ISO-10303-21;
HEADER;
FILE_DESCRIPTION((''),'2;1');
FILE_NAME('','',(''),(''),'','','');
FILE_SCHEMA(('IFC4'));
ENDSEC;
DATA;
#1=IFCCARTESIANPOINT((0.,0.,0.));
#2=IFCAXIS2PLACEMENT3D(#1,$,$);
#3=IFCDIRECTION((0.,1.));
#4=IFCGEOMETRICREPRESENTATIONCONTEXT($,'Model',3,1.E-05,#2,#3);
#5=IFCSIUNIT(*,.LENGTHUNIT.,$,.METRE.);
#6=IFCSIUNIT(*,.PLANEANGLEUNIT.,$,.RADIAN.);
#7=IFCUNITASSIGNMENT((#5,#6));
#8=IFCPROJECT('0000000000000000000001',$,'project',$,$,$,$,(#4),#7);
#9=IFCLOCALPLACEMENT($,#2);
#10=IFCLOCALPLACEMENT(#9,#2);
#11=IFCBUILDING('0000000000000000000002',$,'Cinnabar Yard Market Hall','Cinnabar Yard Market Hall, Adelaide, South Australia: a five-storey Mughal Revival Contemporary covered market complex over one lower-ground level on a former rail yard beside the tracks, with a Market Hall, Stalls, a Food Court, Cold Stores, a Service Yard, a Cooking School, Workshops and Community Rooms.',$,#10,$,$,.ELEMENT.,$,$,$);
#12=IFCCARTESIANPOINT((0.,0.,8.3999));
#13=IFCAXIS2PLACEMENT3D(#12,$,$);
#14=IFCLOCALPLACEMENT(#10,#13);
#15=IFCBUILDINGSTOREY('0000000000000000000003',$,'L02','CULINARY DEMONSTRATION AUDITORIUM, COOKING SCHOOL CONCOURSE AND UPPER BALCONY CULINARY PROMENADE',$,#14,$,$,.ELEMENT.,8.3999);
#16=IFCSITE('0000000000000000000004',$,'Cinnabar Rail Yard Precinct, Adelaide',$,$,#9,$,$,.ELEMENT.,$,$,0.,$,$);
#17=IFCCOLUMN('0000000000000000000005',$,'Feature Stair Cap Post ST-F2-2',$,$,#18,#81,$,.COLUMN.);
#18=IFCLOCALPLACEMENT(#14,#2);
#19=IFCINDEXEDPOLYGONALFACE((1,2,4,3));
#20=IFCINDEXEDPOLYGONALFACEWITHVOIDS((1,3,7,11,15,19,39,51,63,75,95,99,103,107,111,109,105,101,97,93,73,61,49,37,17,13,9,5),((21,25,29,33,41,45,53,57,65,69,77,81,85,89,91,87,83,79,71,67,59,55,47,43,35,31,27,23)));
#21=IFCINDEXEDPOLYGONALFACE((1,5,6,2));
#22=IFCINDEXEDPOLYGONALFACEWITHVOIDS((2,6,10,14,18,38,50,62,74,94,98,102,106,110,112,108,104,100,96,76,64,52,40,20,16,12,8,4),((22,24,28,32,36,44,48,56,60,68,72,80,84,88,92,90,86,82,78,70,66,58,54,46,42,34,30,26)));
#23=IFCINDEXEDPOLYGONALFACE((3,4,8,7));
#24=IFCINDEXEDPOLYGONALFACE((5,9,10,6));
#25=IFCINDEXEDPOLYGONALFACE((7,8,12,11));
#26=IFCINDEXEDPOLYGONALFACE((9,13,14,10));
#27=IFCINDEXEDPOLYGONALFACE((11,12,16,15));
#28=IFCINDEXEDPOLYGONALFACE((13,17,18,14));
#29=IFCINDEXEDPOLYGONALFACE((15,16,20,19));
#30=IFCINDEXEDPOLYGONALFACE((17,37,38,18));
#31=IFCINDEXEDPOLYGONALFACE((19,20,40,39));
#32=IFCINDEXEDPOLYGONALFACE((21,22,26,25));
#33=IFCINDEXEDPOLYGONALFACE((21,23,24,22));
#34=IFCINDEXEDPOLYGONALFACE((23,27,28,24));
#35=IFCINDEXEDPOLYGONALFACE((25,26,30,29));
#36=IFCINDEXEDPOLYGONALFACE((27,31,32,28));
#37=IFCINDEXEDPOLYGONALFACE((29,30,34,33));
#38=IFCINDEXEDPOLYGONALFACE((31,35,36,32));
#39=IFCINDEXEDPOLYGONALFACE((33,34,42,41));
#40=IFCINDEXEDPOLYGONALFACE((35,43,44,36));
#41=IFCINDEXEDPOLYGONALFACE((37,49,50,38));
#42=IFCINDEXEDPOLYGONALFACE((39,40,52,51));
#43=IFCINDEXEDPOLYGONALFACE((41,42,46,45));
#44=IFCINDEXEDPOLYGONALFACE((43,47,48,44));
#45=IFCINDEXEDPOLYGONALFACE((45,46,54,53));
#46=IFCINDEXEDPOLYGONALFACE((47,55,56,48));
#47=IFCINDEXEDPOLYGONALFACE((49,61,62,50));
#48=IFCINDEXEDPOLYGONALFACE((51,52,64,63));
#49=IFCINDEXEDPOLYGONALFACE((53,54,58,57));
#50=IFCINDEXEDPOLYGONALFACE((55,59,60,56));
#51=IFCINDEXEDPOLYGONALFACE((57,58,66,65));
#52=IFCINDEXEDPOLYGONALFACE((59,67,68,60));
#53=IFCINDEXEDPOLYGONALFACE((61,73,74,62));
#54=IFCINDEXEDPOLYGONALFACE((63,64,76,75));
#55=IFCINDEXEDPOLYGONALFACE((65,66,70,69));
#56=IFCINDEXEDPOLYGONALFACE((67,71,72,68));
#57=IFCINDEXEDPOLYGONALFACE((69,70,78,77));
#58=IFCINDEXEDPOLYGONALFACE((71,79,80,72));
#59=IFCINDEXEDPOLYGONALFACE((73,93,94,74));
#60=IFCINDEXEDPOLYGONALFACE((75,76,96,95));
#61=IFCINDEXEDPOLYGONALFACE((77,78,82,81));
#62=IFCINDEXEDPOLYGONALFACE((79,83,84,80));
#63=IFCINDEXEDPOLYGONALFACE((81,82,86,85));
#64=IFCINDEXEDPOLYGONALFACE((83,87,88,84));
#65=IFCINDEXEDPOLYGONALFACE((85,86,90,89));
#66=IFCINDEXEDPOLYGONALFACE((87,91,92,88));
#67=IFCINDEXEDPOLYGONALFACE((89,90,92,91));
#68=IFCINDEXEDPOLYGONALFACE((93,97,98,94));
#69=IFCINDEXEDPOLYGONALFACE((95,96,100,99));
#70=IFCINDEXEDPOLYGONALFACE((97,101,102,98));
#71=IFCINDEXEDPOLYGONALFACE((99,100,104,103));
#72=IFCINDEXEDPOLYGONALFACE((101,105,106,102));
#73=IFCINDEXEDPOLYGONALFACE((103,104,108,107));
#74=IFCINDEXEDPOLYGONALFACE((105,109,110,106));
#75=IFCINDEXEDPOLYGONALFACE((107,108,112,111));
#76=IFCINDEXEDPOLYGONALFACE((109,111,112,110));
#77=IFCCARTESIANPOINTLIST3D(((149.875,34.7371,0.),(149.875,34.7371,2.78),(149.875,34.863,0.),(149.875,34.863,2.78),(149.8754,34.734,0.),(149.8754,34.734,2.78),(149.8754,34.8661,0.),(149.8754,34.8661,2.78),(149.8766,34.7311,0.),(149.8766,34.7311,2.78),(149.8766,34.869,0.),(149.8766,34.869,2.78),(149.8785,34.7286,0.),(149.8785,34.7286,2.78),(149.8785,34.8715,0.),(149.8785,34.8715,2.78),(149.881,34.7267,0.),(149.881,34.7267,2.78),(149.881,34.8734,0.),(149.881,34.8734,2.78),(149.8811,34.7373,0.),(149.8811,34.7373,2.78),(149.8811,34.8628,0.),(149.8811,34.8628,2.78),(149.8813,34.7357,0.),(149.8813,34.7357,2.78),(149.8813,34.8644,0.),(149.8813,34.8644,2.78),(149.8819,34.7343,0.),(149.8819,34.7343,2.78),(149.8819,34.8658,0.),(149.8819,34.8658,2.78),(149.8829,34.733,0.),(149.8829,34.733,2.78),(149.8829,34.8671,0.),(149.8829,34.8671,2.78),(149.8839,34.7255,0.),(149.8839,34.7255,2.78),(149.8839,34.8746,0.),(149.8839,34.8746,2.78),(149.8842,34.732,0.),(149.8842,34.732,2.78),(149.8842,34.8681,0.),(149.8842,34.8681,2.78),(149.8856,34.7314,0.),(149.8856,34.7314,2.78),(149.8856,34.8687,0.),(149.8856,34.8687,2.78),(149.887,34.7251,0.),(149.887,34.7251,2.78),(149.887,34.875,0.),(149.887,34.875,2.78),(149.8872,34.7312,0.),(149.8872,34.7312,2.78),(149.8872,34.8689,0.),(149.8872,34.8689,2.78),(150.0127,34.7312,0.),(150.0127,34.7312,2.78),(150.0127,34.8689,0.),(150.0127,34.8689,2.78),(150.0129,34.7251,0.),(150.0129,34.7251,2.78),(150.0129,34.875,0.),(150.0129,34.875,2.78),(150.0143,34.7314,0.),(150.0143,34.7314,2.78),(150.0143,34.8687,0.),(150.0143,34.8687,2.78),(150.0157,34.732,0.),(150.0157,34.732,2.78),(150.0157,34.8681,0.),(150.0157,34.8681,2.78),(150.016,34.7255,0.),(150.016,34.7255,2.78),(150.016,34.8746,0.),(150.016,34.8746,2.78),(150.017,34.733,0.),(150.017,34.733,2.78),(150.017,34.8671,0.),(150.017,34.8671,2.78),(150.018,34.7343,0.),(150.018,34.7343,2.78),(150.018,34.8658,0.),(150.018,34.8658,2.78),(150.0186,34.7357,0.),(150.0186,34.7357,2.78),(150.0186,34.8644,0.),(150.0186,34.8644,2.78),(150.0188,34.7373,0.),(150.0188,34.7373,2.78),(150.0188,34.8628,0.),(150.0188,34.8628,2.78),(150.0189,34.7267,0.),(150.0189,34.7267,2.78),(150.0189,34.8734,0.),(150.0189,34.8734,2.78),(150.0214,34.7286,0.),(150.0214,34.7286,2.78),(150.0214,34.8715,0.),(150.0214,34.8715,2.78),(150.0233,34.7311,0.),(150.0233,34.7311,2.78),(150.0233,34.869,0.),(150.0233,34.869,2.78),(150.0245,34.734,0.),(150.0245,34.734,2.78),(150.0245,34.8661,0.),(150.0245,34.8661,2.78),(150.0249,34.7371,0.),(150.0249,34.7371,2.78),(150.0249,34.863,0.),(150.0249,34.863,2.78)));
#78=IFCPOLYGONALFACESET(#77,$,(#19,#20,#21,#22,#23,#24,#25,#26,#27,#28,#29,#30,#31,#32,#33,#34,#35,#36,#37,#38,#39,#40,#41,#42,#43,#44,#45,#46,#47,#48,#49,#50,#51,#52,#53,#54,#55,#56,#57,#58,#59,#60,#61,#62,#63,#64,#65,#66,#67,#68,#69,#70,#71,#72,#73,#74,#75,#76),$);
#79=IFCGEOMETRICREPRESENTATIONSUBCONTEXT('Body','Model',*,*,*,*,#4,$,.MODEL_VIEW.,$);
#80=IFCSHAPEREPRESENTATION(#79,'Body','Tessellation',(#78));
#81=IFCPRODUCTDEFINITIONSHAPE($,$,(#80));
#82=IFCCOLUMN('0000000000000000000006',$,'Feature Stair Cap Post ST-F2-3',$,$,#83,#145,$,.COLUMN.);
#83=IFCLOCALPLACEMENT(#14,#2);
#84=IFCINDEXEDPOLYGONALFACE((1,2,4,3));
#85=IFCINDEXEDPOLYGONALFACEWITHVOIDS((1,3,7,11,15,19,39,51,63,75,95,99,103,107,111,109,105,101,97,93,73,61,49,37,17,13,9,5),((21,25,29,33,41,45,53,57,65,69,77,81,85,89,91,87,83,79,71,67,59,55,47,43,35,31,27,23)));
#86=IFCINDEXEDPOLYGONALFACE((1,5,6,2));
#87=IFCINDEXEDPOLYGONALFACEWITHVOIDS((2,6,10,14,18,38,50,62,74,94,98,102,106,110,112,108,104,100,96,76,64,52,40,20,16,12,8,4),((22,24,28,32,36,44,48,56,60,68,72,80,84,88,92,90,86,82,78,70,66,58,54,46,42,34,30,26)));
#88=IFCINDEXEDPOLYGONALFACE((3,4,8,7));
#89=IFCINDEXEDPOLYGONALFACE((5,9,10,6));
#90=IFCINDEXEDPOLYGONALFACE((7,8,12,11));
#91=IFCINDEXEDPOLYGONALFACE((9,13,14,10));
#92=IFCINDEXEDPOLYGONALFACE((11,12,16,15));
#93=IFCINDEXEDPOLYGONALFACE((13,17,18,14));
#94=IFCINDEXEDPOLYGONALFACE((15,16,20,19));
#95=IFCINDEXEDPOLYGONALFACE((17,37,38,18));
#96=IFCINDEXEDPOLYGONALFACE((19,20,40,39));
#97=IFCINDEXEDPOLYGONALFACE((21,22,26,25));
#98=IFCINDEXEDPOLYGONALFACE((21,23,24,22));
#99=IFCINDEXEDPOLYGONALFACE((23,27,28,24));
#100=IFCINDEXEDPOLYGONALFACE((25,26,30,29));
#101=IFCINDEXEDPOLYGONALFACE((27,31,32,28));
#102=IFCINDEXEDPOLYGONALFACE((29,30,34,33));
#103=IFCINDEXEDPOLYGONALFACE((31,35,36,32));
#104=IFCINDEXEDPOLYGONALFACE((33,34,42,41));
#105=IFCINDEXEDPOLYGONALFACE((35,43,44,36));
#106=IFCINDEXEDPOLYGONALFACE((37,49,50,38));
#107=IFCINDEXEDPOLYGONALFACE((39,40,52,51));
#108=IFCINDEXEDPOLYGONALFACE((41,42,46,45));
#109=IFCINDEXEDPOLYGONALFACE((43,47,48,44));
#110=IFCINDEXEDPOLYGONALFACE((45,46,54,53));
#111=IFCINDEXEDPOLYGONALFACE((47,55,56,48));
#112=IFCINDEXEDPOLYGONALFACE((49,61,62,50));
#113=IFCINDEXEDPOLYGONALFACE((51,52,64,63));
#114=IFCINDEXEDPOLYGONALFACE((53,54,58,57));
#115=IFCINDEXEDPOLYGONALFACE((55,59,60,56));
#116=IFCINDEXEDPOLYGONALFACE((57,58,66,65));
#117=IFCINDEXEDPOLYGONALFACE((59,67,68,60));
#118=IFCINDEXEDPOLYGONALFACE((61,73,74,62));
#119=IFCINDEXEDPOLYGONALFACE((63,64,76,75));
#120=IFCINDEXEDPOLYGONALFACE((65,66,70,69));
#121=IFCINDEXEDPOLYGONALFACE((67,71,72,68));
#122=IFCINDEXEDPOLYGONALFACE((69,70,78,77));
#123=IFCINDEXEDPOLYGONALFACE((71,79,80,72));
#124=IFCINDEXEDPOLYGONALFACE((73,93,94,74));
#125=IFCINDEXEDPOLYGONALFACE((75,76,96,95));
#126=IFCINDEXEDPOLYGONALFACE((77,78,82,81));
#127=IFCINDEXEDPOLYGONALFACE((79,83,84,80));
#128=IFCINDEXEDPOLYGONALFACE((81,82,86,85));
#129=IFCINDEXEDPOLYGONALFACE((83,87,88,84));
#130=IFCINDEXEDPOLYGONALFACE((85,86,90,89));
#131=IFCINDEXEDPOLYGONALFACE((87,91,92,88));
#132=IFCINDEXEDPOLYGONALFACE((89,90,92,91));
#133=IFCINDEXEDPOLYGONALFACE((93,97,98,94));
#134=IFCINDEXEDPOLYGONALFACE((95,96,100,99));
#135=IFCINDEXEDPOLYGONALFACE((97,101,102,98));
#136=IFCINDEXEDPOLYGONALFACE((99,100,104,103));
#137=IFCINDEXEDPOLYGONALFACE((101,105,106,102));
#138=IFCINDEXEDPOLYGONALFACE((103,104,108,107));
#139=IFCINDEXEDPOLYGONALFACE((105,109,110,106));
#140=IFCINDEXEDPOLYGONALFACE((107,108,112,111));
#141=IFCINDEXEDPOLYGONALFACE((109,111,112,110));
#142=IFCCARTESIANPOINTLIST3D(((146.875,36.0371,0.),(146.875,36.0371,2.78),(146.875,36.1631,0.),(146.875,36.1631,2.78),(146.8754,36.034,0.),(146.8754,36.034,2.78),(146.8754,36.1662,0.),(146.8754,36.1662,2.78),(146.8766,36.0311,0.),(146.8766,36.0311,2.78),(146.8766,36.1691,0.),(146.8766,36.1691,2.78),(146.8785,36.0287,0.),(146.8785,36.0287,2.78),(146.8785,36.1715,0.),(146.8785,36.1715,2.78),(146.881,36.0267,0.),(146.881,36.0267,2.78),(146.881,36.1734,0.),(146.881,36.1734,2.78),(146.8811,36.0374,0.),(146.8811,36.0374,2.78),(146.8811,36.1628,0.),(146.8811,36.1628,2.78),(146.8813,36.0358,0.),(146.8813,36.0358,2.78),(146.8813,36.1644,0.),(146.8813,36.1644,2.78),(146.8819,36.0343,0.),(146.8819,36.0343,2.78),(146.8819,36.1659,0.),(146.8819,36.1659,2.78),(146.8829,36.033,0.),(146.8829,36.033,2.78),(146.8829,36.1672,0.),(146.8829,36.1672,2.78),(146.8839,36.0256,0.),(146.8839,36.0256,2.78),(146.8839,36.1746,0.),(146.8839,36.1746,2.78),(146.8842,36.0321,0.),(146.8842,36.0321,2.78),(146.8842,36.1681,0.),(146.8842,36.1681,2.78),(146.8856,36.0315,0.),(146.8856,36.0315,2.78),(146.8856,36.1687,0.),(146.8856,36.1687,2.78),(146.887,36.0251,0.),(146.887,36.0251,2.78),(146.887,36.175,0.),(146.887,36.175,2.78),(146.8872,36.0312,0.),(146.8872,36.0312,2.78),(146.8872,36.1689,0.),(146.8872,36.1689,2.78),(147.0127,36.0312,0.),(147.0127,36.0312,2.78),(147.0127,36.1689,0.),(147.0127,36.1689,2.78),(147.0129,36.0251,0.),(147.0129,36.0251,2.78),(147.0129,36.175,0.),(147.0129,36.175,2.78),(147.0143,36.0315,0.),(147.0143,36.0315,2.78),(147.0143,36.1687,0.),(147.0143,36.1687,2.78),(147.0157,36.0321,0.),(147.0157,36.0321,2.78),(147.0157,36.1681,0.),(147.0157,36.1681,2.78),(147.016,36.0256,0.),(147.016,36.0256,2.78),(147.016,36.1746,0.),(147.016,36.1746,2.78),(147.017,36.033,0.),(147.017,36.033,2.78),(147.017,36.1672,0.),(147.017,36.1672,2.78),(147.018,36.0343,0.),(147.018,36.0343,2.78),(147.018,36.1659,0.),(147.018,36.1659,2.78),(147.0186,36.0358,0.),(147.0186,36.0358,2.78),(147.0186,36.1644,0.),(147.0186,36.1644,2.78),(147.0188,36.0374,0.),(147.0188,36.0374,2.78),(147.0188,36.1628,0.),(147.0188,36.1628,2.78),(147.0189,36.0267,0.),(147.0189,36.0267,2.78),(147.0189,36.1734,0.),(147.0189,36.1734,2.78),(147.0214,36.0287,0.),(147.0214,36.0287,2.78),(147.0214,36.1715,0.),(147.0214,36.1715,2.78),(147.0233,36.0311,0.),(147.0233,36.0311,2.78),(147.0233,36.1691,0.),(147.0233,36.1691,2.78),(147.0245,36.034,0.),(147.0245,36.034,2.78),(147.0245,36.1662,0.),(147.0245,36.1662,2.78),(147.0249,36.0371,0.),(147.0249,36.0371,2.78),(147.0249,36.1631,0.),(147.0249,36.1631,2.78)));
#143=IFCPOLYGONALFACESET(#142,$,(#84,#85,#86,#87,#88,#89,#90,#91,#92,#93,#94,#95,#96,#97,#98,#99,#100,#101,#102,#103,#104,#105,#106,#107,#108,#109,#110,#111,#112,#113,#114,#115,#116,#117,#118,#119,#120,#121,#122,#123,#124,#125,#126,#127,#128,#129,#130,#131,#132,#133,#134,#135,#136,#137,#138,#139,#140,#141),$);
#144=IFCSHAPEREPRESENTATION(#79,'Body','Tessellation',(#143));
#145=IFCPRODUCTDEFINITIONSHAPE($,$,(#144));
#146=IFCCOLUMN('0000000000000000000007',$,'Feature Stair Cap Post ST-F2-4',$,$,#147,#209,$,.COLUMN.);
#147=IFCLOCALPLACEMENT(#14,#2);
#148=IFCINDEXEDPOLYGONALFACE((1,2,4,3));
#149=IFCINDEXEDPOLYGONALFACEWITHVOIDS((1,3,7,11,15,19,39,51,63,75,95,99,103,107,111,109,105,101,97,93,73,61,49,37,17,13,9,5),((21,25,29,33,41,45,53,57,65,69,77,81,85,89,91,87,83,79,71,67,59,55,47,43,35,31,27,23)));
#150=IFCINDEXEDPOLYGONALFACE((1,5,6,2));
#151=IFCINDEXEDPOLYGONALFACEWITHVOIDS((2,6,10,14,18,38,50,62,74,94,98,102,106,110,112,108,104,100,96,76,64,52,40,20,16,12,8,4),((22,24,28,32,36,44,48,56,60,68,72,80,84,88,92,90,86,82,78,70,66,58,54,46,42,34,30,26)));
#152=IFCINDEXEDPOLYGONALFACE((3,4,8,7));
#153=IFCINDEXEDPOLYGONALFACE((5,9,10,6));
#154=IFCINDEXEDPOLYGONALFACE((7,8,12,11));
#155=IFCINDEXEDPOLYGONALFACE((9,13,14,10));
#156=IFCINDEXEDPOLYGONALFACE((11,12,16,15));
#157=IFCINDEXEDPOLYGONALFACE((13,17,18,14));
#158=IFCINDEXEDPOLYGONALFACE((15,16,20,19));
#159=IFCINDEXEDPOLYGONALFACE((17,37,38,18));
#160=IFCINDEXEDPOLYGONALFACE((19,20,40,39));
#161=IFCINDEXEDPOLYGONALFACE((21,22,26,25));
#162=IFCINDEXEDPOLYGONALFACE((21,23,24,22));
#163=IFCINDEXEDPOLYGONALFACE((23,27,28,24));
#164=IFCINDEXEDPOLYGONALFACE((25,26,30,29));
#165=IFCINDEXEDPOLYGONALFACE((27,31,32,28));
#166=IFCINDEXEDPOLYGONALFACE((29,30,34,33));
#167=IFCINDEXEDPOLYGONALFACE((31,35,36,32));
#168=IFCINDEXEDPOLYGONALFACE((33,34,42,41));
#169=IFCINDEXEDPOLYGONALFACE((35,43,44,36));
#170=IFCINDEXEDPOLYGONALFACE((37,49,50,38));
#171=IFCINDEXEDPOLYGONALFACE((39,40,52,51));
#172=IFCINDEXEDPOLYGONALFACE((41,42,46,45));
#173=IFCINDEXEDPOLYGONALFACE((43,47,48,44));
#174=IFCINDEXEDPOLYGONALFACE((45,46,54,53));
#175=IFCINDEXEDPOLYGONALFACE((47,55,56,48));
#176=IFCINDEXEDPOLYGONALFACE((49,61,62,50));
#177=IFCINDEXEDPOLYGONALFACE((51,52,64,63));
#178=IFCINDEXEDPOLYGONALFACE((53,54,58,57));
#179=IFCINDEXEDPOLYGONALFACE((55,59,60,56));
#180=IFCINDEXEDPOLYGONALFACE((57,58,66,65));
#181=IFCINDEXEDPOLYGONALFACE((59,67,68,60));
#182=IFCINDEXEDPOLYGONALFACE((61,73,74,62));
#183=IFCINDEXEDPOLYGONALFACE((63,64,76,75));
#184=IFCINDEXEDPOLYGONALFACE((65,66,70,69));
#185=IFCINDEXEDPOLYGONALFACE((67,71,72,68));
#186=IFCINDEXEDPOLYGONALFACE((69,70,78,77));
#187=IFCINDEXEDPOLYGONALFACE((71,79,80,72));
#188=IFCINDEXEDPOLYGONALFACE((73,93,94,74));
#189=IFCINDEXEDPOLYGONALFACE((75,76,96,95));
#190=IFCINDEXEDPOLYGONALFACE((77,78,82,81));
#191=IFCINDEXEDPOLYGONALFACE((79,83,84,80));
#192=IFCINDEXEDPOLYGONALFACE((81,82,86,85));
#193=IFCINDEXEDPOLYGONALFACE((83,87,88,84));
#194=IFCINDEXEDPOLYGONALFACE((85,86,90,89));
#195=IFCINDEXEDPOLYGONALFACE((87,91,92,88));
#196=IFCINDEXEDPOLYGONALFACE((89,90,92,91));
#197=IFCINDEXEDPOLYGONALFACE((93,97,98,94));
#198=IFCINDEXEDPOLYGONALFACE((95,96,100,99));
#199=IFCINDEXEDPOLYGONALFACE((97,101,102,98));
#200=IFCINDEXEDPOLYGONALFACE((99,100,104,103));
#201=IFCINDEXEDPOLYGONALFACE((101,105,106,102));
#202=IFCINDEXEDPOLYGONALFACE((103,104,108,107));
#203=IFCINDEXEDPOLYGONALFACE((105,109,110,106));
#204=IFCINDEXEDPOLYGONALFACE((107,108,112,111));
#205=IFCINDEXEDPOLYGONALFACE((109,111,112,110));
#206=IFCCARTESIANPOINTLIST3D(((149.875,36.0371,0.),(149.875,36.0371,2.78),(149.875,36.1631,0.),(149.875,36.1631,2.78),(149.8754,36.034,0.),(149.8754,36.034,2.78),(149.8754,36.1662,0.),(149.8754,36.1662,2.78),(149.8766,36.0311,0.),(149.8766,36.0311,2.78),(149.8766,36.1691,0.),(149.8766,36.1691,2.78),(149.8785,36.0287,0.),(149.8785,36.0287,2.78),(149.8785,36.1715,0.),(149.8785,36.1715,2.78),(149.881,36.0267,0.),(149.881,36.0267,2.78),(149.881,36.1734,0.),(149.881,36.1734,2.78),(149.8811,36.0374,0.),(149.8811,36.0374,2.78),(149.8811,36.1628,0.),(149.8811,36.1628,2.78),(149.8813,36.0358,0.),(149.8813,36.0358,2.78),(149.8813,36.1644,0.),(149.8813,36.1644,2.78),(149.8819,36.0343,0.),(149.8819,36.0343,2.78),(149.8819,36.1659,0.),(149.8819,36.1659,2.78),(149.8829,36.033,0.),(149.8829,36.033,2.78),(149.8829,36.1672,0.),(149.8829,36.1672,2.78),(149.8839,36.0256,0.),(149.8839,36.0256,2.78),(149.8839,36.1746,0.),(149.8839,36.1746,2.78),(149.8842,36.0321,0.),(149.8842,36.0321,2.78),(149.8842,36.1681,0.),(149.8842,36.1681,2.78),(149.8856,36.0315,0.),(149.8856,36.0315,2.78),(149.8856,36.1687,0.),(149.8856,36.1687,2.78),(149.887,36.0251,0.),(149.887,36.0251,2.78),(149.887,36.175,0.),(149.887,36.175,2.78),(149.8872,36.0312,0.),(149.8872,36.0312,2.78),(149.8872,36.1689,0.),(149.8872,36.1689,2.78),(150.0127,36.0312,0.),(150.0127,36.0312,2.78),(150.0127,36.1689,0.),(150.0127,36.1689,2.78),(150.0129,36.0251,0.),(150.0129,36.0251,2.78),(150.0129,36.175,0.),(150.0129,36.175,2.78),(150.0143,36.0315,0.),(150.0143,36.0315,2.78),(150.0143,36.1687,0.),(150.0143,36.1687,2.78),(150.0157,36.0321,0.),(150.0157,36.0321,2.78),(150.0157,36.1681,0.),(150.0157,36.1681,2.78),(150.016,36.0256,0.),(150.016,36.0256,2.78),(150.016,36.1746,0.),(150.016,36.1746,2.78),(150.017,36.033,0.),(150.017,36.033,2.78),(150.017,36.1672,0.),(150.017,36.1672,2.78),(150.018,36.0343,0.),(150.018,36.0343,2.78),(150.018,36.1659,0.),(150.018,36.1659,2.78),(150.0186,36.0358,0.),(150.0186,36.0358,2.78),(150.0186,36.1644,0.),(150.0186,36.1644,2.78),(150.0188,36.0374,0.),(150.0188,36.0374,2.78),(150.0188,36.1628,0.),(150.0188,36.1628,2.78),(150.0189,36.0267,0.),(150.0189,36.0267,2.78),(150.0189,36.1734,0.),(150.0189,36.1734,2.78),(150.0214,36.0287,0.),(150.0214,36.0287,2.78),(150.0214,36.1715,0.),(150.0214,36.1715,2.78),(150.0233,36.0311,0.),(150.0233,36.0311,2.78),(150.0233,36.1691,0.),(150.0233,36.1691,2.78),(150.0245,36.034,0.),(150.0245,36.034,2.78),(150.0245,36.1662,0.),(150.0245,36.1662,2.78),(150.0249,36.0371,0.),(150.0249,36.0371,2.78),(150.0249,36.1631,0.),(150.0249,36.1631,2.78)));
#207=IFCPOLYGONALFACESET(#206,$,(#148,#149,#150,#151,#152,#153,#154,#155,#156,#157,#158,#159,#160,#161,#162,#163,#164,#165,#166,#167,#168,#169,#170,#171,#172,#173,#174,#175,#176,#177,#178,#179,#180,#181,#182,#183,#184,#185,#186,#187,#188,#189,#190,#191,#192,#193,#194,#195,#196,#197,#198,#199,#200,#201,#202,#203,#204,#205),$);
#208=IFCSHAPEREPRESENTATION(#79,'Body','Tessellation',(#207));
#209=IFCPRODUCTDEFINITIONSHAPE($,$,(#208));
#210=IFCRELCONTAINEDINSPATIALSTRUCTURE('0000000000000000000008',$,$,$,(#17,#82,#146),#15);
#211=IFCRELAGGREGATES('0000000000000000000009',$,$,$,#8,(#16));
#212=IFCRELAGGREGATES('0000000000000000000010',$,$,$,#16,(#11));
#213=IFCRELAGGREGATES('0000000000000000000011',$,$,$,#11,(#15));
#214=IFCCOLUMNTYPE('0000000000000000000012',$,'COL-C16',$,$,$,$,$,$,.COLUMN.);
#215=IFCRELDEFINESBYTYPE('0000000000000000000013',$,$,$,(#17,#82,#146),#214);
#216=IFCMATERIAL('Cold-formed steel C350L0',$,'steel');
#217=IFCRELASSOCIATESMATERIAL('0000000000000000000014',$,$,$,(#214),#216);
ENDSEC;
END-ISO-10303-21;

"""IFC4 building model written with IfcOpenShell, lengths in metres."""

from ifc_helpers import new_model, si_unit, direction, frame, origin, origin_2d_with_axis, place, context, subcontext, project, spatial, hollow_rectangle, extrude, material, material_profile, profile_set, type_object, element, save


model = new_model("IFC4")

# Units and contexts
model_context = context("Model", 3, precision=1e-05, world=origin(), true_north=direction((0.0, 1.0)))
body_context = subcontext(model_context, "Body", "Model", "MODEL_VIEW")
ifc_project = project(units=[si_unit("LENGTHUNIT", "METRE"), si_unit("PLANEANGLEUNIT", "RADIAN")], contexts=[model_context])

# Site, building, storey
site_placement = place(None, origin())
site = spatial("IfcSite", under=ifc_project, at=site_placement, Name="Cinnabar Rail Yard Precinct, Adelaide", CompositionType="ELEMENT", RefElevation=0.0)
building_placement = place(site_placement, origin())
building = spatial("IfcBuilding", under=site, at=building_placement, Name="Cinnabar Yard Market Hall", Description="Cinnabar Yard Market Hall, Adelaide, South Australia: a five-storey Mughal Revival Contemporary covered market complex over one lower-ground level on a former rail yard beside the tracks, with a Market Hall, Stalls, a Food Court, Cold Stores, a Service Yard, a Cooking School, Workshops and Community Rooms.", CompositionType="ELEMENT")
storey_placement = place(building_placement, frame((0.0, 0.0, 8.3999)))
storey = spatial("IfcBuildingStorey", under=building, at=storey_placement, Name="L02", Description="CULINARY DEMONSTRATION AUDITORIUM, COOKING SCHOOL CONCOURSE AND UPPER BALCONY CULINARY PROMENADE", CompositionType="ELEMENT", Elevation=8.3999)

# Columns
ifc_material_1 = material(Name="Cold-formed steel C350L0", Category="steel")
ifc_material_profile_1 = material_profile(ifc_material_1, hollow_rectangle(XDim=0.1499, YDim=0.1499, WallThickness=0.0061, InnerFilletRadius=0.0061, OuterFilletRadius=0.012, at=origin_2d_with_axis()), Name="150x150x6.0SHS")
ifc_profile_set_1 = profile_set([ifc_material_profile_1], Name="Cold-formed steel C350L0")
column_type_1 = type_object("IfcColumnType", Name="COL-C16", PredefinedType="COLUMN", material=ifc_profile_set_1)
for number, where, z_axis, x_axis, name in (
    (1, (149.95, 34.8, 0.0), (0.0, 0.0, 1.0), (1.0, 0.0, 0.0), "Feature Stair Cap Post ST-F2-2"),
    (2, (146.95, 36.1001, 0.0), (0.0, 0.0, 1.0), (1.0, 0.0, 0.0), "Feature Stair Cap Post ST-F2-3"),
    (3, (149.95, 36.1001, 0.0), (0.0, 0.0, 1.0), (1.0, 0.0, 0.0), "Feature Stair Cap Post ST-F2-4"),
):
    element("IfcColumn", number, at=place(storey_placement, frame(where, z_axis=z_axis, x_axis=x_axis)), inside=storey, type_object=column_type_1, Name=name, PredefinedType="COLUMN", context=body_context, shape_type="SweptSolid", body=[
        extrude(hollow_rectangle(XDim=0.1499, YDim=0.1499, WallThickness=0.0061, InnerFilletRadius=0.0061, OuterFilletRadius=0.012, at=origin_2d_with_axis()), origin(), (0.0, 0.0, 1.0), 2.78),
    ])

save(model, "model.ifc")
